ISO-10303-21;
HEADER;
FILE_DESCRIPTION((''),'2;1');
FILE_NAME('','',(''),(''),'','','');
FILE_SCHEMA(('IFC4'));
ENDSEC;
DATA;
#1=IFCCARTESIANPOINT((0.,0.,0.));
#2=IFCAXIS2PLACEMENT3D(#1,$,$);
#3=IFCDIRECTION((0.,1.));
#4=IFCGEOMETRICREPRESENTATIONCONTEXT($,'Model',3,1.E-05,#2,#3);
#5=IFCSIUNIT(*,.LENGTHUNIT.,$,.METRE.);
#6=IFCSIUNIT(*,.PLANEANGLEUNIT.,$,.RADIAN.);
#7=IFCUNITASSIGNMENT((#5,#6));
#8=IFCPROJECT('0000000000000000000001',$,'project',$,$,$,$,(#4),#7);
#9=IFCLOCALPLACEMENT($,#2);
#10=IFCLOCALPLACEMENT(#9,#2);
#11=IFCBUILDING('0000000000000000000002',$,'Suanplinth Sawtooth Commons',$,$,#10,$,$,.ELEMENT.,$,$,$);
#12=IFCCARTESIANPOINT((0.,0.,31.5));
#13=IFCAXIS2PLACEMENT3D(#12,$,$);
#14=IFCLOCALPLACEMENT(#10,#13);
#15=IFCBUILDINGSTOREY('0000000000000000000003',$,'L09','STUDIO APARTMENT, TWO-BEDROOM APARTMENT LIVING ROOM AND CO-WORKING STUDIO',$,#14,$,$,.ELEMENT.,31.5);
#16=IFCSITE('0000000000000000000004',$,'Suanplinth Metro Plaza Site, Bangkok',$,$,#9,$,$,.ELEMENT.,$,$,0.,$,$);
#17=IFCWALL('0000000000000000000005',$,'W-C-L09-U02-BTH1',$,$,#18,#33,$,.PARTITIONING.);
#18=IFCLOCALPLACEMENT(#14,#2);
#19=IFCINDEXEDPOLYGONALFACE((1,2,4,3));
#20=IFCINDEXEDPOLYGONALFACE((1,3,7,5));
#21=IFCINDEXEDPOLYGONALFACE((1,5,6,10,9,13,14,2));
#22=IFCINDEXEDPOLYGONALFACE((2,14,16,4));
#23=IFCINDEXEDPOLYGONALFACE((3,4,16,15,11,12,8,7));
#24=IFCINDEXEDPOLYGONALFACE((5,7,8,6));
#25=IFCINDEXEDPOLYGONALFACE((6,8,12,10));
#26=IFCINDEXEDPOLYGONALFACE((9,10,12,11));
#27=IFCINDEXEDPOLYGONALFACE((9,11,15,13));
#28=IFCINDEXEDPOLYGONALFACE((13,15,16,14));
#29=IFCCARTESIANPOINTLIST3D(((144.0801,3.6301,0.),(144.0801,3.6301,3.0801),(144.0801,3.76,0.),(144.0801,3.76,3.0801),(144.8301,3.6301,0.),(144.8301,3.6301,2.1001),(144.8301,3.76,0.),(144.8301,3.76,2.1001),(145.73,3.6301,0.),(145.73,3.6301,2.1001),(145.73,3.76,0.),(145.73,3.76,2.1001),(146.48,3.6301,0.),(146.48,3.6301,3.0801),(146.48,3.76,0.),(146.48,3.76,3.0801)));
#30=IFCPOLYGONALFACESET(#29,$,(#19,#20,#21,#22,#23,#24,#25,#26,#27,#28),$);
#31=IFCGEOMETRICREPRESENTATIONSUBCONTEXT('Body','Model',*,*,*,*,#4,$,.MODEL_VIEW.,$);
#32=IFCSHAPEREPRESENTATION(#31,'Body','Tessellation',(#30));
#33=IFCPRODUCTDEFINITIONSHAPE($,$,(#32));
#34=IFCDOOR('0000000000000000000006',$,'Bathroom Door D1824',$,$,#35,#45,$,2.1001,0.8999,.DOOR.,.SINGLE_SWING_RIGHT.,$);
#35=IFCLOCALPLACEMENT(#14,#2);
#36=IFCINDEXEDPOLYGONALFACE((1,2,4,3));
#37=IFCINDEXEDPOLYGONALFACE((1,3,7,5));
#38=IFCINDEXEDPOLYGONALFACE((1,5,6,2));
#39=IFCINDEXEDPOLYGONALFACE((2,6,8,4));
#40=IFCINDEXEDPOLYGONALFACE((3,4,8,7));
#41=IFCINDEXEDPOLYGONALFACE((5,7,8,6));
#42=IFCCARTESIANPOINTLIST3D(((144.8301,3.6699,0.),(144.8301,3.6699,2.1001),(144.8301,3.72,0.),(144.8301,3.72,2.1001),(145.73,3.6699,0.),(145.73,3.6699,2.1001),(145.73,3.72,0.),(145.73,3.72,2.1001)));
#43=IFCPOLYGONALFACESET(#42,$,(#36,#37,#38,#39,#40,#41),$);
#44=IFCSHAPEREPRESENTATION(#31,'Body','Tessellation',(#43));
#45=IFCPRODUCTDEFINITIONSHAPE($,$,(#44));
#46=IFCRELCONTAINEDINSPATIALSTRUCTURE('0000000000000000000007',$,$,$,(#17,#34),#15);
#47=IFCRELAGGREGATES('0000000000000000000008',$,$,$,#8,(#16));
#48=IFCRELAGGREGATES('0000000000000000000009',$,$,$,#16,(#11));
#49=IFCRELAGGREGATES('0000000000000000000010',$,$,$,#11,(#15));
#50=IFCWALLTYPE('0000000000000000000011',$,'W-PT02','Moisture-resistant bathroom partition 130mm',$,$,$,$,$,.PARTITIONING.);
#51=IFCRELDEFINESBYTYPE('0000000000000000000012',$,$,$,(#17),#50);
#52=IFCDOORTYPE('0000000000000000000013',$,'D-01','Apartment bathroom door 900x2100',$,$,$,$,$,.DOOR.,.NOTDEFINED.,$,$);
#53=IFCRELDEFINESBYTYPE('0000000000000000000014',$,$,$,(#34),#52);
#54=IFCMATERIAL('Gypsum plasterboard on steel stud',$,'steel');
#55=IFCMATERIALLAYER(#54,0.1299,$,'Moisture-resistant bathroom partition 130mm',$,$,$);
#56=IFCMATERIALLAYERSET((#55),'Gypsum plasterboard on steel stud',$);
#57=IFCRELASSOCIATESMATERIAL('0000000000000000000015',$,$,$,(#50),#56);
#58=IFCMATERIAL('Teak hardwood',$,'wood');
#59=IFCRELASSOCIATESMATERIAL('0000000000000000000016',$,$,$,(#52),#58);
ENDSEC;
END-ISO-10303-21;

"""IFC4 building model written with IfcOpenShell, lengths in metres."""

from ifc_helpers import new_model, si_unit, direction, frame, frame_2d, origin, place, context, subcontext, project, spatial, rectangle, extrude, material, layer, layer_set, type_object, element, fill, save


model = new_model("IFC4")

# Units and contexts
model_context = context("Model", 3, precision=1e-05, world=origin(), true_north=direction((0.0, 1.0)))
body_context = subcontext(model_context, "Body", "Model", "MODEL_VIEW")
ifc_project = project(units=[si_unit("LENGTHUNIT", "METRE"), si_unit("PLANEANGLEUNIT", "RADIAN")], contexts=[model_context])

# Site, building, storey
site_placement = place(None, origin())
site = spatial("IfcSite", under=ifc_project, at=site_placement, Name="Suanplinth Metro Plaza Site, Bangkok", CompositionType="ELEMENT", RefElevation=0.0)
building_placement = place(site_placement, origin())
building = spatial("IfcBuilding", under=site, at=building_placement, Name="Suanplinth Sawtooth Commons", CompositionType="ELEMENT")
storey_placement = place(building_placement, frame((0.0, 0.0, 31.5)))
storey = spatial("IfcBuildingStorey", under=building, at=storey_placement, Name="L09", Description="STUDIO APARTMENT, TWO-BEDROOM APARTMENT LIVING ROOM AND CO-WORKING STUDIO", CompositionType="ELEMENT", Elevation=31.5)

# Shared definitions
ifc_material_1 = material(Name="Gypsum plasterboard on steel stud", Category="steel")
ifc_material_2 = material(Name="Teak hardwood", Category="wood")

# Shared definitions
ifc_layer_1 = layer(ifc_material_1, 0.1299, Name="Moisture-resistant bathroom partition 130mm")
ifc_layer_set_1 = layer_set([ifc_layer_1], Name="Gypsum plasterboard on steel stud")
wall_type_1 = type_object("IfcWallType", Name="W-PT02", Description="Moisture-resistant bathroom partition 130mm", PredefinedType="PARTITIONING", material=ifc_layer_set_1)

# Wall, opening, door
wall_1_placement = place(storey_placement, frame((144.0801, 3.6951, 0.0), z_axis=(0.0, 0.0, 1.0), x_axis=(1.0, 0.0, 0.0)))
wall_1 = element("IfcWall", 1, at=wall_1_placement, inside=storey, type_object=wall_type_1, Name="W-C-L09-U02-BTH1", PredefinedType="PARTITIONING", context=body_context, shape_type="SweptSolid", body=[
    extrude(rectangle(XDim=2.3999, YDim=0.1299, at=frame_2d((1.2, 0.0))), origin(), (0.0, 0.0, 1.0), 3.0801),
])
opening_1_placement = place(wall_1_placement, frame((0.75, 0.0, 0.0)))
opening_1 = element("IfcOpeningElement", 2, at=opening_1_placement, cuts=wall_1, PredefinedType="OPENING", context=body_context, shape_type="SweptSolid", body=[
    extrude(rectangle(XDim=0.8999, YDim=2.1001, at=frame_2d((0.45, 1.05))), frame((0.0, 0.0798, 0.0), z_axis=(0.0, -1.0, 0.0), x_axis=(1.0, 0.0, 0.0)), (0.0, 0.0, 1.0), 0.1597),
])
door_type_1 = type_object("IfcDoorType", Name="D-01", Description="Apartment bathroom door 900x2100", OperationType="NOTDEFINED", PredefinedType="DOOR", material=ifc_material_2)
door_1_placement = place(opening_1_placement, origin())
door_1 = element("IfcDoor", 3, at=door_1_placement, inside=storey, type_object=door_type_1, Name="Bathroom Door D1824", OperationType="SINGLE_SWING_RIGHT", OverallHeight=2.1001, OverallWidth=0.8999, PredefinedType="DOOR", context=body_context, shape_type="SweptSolid", body=[
    extrude(rectangle(XDim=0.8999, YDim=2.1001, at=frame_2d((0.45, 1.05))), frame((0.0, 0.0249, 0.0), z_axis=(0.0, -1.0, 0.0), x_axis=(1.0, 0.0, 0.0)), (0.0, 0.0, 1.0), 0.05),
])
fill(opening_1, door_1)

save(model, "model.ifc")
